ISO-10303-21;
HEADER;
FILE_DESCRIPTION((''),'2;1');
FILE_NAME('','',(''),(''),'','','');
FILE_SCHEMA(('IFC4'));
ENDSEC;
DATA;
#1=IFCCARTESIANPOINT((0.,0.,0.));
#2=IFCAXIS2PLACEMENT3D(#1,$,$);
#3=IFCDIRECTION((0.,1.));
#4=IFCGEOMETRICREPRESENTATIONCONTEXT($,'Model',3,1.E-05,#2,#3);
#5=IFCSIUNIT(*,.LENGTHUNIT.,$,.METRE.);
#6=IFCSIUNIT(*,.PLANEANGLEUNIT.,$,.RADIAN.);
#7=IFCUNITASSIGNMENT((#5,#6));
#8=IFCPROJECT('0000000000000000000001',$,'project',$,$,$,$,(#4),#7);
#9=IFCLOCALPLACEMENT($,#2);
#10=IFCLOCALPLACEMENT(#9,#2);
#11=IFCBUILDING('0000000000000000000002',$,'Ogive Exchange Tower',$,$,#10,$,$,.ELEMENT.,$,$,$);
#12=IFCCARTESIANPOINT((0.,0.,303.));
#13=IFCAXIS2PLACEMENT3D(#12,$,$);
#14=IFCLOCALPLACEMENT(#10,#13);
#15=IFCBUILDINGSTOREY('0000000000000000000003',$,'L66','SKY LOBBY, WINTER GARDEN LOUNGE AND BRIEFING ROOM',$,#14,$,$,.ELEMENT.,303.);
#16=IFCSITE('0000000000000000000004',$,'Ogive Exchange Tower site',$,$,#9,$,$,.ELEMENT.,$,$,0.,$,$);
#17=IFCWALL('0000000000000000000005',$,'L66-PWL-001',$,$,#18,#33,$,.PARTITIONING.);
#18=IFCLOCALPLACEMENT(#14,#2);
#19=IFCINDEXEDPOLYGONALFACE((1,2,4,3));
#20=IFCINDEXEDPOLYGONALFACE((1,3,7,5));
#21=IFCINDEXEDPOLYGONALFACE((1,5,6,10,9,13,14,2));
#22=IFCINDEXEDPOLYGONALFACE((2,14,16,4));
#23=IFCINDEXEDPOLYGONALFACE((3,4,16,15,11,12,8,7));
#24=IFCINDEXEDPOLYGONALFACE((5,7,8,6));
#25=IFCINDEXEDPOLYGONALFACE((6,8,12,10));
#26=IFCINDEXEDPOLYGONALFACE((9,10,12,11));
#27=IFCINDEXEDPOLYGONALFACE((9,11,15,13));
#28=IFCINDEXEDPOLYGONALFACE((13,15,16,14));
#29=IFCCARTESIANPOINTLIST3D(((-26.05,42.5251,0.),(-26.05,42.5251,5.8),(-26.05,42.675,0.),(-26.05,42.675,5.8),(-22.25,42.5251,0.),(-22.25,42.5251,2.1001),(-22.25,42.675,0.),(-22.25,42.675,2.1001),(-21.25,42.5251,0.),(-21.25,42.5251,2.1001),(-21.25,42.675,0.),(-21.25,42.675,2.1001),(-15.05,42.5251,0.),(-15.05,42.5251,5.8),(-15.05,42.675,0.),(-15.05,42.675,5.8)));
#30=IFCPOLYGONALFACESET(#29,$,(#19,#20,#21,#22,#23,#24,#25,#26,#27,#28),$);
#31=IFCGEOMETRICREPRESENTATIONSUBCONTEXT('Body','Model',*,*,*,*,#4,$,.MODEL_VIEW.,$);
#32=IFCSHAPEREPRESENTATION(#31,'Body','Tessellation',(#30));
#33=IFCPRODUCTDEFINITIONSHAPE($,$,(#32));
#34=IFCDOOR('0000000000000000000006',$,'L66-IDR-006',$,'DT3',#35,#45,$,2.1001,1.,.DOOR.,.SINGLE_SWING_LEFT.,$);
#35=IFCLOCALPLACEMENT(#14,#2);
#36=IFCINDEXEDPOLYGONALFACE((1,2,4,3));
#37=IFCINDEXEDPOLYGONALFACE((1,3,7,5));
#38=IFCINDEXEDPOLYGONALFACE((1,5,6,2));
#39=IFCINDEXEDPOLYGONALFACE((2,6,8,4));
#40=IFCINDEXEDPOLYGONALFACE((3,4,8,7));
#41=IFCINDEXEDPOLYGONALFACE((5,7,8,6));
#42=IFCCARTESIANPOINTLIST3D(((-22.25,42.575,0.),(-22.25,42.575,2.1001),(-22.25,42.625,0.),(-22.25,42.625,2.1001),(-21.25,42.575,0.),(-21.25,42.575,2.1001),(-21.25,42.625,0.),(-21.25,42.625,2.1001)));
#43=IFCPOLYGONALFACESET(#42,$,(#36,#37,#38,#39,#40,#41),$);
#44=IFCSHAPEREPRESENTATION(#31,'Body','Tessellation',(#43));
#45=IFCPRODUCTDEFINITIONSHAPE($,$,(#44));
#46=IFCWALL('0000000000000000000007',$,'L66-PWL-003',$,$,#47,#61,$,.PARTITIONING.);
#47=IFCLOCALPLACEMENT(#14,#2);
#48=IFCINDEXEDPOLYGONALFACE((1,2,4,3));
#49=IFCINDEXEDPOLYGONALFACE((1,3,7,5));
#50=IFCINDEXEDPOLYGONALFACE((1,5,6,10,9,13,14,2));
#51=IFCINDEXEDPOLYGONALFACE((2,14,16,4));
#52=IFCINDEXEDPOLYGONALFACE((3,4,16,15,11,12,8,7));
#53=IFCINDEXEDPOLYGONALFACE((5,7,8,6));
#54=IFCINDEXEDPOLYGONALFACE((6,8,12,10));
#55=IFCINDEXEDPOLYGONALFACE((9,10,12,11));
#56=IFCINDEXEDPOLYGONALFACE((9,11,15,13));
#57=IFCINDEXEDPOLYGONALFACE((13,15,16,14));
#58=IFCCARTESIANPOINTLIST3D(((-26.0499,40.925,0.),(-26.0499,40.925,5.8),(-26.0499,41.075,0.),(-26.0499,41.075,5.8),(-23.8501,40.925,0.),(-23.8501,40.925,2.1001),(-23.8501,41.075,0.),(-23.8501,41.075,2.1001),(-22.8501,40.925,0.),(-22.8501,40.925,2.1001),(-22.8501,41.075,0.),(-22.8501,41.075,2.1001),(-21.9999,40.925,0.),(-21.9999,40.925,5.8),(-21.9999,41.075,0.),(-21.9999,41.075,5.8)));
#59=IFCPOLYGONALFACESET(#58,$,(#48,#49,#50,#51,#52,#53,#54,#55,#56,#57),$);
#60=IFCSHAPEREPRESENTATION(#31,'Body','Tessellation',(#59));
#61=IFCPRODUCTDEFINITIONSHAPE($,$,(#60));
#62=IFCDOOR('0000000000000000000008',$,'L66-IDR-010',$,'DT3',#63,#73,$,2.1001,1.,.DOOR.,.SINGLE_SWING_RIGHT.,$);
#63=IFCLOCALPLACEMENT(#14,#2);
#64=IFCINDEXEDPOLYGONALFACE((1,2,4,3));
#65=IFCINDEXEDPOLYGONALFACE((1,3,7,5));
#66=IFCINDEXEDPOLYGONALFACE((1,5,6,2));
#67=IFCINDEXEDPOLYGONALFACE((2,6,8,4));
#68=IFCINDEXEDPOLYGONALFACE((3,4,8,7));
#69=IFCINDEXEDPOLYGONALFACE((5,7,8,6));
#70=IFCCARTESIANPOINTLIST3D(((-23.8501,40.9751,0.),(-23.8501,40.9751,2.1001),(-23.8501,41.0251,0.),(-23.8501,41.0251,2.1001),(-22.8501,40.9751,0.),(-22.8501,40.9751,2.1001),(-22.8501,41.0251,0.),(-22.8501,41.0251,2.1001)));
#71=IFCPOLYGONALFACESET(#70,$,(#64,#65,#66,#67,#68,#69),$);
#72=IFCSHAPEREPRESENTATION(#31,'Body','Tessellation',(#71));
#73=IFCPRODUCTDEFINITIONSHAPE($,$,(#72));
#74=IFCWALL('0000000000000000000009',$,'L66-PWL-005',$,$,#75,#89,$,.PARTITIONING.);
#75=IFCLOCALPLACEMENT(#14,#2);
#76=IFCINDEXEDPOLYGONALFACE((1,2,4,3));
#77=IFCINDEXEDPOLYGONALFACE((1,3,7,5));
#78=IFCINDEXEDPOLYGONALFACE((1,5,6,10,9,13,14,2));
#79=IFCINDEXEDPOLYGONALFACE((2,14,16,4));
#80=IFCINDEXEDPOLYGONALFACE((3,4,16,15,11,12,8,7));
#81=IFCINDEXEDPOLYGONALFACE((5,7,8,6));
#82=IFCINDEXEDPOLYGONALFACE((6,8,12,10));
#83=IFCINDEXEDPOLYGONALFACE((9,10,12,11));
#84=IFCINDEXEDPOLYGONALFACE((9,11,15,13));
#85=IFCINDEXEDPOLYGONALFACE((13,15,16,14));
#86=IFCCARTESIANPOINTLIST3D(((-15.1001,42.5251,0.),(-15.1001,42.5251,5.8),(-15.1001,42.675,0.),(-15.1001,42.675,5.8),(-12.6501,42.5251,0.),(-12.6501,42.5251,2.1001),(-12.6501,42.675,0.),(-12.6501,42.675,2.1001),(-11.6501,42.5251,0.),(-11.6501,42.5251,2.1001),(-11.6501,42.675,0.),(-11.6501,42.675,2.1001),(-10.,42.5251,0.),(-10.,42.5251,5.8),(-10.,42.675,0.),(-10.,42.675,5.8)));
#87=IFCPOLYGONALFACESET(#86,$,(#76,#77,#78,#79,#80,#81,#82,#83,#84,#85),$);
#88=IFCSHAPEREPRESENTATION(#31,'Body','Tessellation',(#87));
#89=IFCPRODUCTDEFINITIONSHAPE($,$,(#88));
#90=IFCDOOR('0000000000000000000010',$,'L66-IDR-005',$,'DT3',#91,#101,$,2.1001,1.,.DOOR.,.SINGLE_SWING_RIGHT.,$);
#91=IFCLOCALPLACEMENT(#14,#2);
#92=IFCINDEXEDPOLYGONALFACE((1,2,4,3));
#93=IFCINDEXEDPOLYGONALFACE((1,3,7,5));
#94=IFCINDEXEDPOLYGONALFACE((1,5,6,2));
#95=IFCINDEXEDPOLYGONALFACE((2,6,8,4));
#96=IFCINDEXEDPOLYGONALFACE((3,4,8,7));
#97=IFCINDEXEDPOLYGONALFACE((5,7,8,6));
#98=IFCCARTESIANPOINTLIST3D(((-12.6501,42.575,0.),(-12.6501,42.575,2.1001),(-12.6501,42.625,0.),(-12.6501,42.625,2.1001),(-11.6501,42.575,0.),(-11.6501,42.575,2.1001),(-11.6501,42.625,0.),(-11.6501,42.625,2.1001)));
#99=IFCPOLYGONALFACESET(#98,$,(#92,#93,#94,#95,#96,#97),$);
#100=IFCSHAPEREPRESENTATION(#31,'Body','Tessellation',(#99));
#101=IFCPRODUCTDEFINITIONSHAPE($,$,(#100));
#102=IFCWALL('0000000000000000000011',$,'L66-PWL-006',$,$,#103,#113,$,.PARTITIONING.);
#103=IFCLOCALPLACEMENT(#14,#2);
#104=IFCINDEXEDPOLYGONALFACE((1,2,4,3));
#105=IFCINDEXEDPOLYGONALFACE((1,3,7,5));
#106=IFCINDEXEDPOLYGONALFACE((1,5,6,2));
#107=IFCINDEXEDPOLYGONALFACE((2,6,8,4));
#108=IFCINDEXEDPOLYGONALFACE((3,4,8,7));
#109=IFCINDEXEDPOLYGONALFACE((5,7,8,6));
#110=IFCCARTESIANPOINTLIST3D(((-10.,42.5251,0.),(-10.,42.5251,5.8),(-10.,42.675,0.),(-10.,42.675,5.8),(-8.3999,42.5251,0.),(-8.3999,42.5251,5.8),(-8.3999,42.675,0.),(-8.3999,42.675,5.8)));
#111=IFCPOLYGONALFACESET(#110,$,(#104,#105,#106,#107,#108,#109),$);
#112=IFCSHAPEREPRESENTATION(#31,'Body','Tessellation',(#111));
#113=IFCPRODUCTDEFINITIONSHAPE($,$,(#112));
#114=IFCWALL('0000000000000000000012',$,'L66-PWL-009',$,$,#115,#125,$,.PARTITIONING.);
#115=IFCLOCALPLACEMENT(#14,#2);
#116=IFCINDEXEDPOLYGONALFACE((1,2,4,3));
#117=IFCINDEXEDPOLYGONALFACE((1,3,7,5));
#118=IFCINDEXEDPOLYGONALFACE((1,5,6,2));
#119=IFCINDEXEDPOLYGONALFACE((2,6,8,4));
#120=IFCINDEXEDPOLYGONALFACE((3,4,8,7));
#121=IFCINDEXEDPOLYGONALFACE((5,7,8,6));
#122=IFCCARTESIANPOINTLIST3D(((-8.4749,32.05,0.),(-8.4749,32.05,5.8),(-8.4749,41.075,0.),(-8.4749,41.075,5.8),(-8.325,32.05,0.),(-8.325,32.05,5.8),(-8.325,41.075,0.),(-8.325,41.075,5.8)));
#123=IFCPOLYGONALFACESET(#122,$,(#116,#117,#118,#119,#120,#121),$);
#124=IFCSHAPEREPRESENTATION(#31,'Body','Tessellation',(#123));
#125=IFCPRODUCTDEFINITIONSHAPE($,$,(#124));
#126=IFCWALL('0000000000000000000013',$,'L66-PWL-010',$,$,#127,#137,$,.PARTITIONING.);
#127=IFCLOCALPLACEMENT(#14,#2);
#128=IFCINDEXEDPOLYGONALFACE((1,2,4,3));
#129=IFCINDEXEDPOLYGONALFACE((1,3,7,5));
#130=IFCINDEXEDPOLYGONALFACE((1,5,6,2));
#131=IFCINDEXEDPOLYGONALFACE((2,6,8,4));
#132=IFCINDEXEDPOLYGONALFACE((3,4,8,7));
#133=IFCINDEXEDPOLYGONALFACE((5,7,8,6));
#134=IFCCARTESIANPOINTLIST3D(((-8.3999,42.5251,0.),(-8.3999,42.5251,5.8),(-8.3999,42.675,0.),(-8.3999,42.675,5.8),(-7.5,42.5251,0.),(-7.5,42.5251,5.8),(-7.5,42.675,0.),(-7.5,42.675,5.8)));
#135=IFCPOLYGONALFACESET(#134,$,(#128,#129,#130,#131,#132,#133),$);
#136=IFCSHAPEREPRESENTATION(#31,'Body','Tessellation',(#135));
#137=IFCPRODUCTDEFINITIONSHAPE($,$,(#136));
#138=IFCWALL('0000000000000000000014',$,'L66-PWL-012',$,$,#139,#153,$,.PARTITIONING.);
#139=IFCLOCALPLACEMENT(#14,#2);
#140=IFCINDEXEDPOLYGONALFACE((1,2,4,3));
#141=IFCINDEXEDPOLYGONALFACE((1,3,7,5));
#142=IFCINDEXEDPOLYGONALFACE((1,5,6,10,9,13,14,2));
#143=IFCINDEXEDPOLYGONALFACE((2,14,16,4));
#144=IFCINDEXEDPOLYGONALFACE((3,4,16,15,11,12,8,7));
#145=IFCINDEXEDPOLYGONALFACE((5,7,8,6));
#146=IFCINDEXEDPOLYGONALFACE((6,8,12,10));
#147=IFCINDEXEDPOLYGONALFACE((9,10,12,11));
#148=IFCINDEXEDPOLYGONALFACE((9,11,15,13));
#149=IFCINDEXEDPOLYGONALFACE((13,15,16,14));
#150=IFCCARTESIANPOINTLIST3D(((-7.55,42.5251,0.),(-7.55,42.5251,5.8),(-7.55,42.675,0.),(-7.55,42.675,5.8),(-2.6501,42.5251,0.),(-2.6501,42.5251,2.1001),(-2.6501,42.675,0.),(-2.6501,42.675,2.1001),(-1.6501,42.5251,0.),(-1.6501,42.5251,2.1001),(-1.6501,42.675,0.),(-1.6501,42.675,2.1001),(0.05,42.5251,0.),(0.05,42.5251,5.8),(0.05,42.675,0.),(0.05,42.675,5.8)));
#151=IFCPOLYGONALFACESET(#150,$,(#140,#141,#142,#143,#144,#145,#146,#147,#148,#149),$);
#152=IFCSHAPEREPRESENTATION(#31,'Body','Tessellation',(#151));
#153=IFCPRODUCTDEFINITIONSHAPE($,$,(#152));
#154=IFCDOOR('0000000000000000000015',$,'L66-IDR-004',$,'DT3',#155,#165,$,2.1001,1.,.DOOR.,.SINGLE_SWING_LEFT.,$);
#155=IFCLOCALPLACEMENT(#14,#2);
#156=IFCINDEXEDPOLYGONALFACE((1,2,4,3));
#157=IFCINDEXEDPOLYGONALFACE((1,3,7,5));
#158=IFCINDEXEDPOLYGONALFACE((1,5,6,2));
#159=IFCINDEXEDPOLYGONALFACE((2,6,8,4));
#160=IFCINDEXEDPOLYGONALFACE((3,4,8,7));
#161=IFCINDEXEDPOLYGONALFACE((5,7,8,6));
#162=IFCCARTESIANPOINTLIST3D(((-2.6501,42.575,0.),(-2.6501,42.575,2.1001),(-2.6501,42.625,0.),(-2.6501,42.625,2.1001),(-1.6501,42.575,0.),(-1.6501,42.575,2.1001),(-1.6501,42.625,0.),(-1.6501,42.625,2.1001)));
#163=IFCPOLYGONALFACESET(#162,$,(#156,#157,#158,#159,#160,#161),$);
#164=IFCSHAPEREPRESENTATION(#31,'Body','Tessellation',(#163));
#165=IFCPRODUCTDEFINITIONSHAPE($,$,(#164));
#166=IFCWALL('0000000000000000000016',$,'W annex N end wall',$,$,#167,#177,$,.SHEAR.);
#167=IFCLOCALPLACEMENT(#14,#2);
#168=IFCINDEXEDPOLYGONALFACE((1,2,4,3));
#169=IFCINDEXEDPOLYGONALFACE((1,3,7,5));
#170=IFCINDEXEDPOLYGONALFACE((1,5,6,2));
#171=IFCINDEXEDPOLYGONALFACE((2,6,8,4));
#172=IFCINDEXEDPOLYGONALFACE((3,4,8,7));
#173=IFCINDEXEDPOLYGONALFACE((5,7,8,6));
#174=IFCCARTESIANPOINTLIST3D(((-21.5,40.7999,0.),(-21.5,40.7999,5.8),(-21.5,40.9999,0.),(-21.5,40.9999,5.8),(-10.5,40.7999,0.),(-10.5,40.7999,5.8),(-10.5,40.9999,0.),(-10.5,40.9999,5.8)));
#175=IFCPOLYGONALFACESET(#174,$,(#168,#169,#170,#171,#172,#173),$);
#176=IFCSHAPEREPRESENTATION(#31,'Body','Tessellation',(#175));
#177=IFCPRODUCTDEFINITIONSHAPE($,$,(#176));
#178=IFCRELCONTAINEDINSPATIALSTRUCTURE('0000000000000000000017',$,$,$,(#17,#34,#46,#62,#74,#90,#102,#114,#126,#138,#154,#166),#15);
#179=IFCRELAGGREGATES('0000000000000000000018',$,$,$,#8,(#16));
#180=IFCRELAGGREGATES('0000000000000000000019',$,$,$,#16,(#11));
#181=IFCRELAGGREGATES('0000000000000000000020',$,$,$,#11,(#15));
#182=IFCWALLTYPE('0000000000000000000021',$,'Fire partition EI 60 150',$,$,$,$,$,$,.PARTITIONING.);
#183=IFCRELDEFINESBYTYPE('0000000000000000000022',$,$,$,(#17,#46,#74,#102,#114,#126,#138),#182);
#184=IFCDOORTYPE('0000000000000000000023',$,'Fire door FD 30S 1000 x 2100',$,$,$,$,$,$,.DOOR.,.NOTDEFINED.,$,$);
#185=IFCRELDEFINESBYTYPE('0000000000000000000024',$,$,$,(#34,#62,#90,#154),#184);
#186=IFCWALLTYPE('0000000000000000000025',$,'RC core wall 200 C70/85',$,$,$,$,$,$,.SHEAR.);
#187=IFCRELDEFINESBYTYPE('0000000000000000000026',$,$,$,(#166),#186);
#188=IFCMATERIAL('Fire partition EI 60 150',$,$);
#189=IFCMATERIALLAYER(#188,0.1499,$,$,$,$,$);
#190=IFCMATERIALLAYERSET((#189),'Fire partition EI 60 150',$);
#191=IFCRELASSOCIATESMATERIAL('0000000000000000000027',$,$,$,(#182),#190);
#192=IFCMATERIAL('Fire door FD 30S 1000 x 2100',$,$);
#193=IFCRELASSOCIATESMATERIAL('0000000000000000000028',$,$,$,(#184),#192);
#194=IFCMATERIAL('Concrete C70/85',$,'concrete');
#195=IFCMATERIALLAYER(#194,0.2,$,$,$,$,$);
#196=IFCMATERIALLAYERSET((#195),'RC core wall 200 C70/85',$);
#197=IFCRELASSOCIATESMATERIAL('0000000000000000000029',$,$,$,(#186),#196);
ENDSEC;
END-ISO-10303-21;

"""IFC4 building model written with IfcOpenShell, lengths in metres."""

from ifc_helpers import new_model, si_unit, direction, frame, frame_2d, origin, place, context, subcontext, project, spatial, rectangle, extrude, material, layer, layer_set, type_object, element, fill, save


model = new_model("IFC4")

# Units and contexts
model_context = context("Model", 3, precision=1e-05, world=origin(), true_north=direction((0.0, 1.0)))
body_context = subcontext(model_context, "Body", "Model", "MODEL_VIEW")
ifc_project = project(units=[si_unit("LENGTHUNIT", "METRE"), si_unit("PLANEANGLEUNIT", "RADIAN")], contexts=[model_context])

# Site, building, storey
site_placement = place(None, origin())
site = spatial("IfcSite", under=ifc_project, at=site_placement, Name="Ogive Exchange Tower site", CompositionType="ELEMENT", RefElevation=0.0)
building_placement = place(site_placement, origin())
building = spatial("IfcBuilding", under=site, at=building_placement, Name="Ogive Exchange Tower", CompositionType="ELEMENT")
storey_placement = place(building_placement, frame((0.0, 0.0, 303.0)))
storey = spatial("IfcBuildingStorey", under=building, at=storey_placement, Name="L66", Description="SKY LOBBY, WINTER GARDEN LOUNGE AND BRIEFING ROOM", CompositionType="ELEMENT", Elevation=303.0)

# Walls, openings, doors
ifc_material_1 = material(Name="Fire partition EI 60 150")
ifc_layer_1 = layer(ifc_material_1, 0.1499)
ifc_layer_set_1 = layer_set([ifc_layer_1], Name="Fire partition EI 60 150")
wall_type_1 = type_object("IfcWallType", Name="Fire partition EI 60 150", PredefinedType="PARTITIONING", material=ifc_layer_set_1)
wall_1_placement = place(storey_placement, frame((-26.05, 42.6001, 0.0), z_axis=(0.0, 0.0, 1.0), x_axis=(1.0, 0.0, 0.0)))
wall_1 = element("IfcWall", 1, at=wall_1_placement, inside=storey, type_object=wall_type_1, Name="L66-PWL-001", PredefinedType="PARTITIONING", context=body_context, shape_type="SweptSolid", body=[
    extrude(rectangle(XDim=11.0, YDim=0.1499, at=frame_2d((5.5, 0.0))), origin(), (0.0, 0.0, 1.0), 5.8),
])
opening_1_placement = place(wall_1_placement, frame((3.8, 0.0, 0.0)))
opening_1 = element("IfcOpeningElement", 2, at=opening_1_placement, cuts=wall_1, PredefinedType="OPENING", context=body_context, shape_type="SweptSolid", body=[
    extrude(rectangle(XDim=1.0, YDim=2.1001, at=frame_2d((0.5, 1.05))), frame((0.0, 0.085, 0.0), z_axis=(0.0, -1.0, 0.0), x_axis=(1.0, 0.0, 0.0)), (0.0, 0.0, 1.0), 0.1699),
])
ifc_material_2 = material(Name="Fire door FD 30S 1000 x 2100")
door_type = type_object("IfcDoorType", Name="Fire door FD 30S 1000 x 2100", OperationType="NOTDEFINED", PredefinedType="DOOR", material=ifc_material_2)
door_1_placement = place(opening_1_placement, origin())
door_1 = element("IfcDoor", 3, at=door_1_placement, inside=storey, type_object=door_type, Name="L66-IDR-006", ObjectType="DT3", OperationType="SINGLE_SWING_LEFT", OverallHeight=2.1001, OverallWidth=1.0, PredefinedType="DOOR", context=body_context, shape_type="SweptSolid", body=[
    extrude(rectangle(XDim=1.0, YDim=2.1001, at=frame_2d((0.5, 1.05))), frame((0.0, 0.0249, 0.0), z_axis=(0.0, -1.0, 0.0), x_axis=(1.0, 0.0, 0.0)), (0.0, 0.0, 1.0), 0.05),
])
fill(opening_1, door_1)
wall_2_placement = place(storey_placement, frame((-22.0, 41.0, 0.0), z_axis=(0.0, 0.0, 1.0), x_axis=(-1.0, 0.0, 0.0)))
wall_2 = element("IfcWall", 4, at=wall_2_placement, inside=storey, type_object=wall_type_1, Name="L66-PWL-003", PredefinedType="PARTITIONING", context=body_context, shape_type="SweptSolid", body=[
    extrude(rectangle(XDim=4.05, YDim=0.1499, at=frame_2d((2.0249, 0.0))), origin(), (0.0, 0.0, 1.0), 5.8),
])
opening_2_placement = place(wall_2_placement, frame((0.8501, 0.0, 0.0)))
opening_2 = element("IfcOpeningElement", 5, at=opening_2_placement, cuts=wall_2, PredefinedType="OPENING", context=body_context, shape_type="SweptSolid", body=[
    extrude(rectangle(XDim=1.0, YDim=2.1001, at=frame_2d((0.5, 1.05))), frame((0.0, 0.085, 0.0), z_axis=(0.0, -1.0, 0.0), x_axis=(1.0, 0.0, 0.0)), (0.0, 0.0, 1.0), 0.1699),
])
door_2_placement = place(opening_2_placement, origin())
door_2 = element("IfcDoor", 6, at=door_2_placement, inside=storey, type_object=door_type, Name="L66-IDR-010", ObjectType="DT3", OperationType="SINGLE_SWING_RIGHT", OverallHeight=2.1001, OverallWidth=1.0, PredefinedType="DOOR", context=body_context, shape_type="SweptSolid", body=[
    extrude(rectangle(XDim=1.0, YDim=2.1001, at=frame_2d((0.5, 1.05))), frame((0.0, 0.0249, 0.0), z_axis=(0.0, -1.0, 0.0), x_axis=(1.0, 0.0, 0.0)), (0.0, 0.0, 1.0), 0.05),
])
fill(opening_2, door_2)
wall_3_placement = place(storey_placement, frame((-15.1001, 42.6001, 0.0), z_axis=(0.0, 0.0, 1.0), x_axis=(1.0, 0.0, 0.0)))
wall_3 = element("IfcWall", 7, at=wall_3_placement, inside=storey, type_object=wall_type_1, Name="L66-PWL-005", PredefinedType="PARTITIONING", context=body_context, shape_type="SweptSolid", body=[
    extrude(rectangle(XDim=5.1001, YDim=0.1499, at=frame_2d((2.55, 0.0))), origin(), (0.0, 0.0, 1.0), 5.8),
])
opening_3_placement = place(wall_3_placement, frame((2.45, 0.0, 0.0)))
opening_3 = element("IfcOpeningElement", 8, at=opening_3_placement, cuts=wall_3, PredefinedType="OPENING", context=body_context, shape_type="SweptSolid", body=[
    extrude(rectangle(XDim=1.0, YDim=2.1001, at=frame_2d((0.5, 1.05))), frame((0.0, 0.085, 0.0), z_axis=(0.0, -1.0, 0.0), x_axis=(1.0, 0.0, 0.0)), (0.0, 0.0, 1.0), 0.1699),
])
door_3_placement = place(opening_3_placement, origin())
door_3 = element("IfcDoor", 9, at=door_3_placement, inside=storey, type_object=door_type, Name="L66-IDR-005", ObjectType="DT3", OperationType="SINGLE_SWING_RIGHT", OverallHeight=2.1001, OverallWidth=1.0, PredefinedType="DOOR", context=body_context, shape_type="SweptSolid", body=[
    extrude(rectangle(XDim=1.0, YDim=2.1001, at=frame_2d((0.5, 1.05))), frame((0.0, 0.0249, 0.0), z_axis=(0.0, -1.0, 0.0), x_axis=(1.0, 0.0, 0.0)), (0.0, 0.0, 1.0), 0.05),
])
fill(opening_3, door_3)

# Walls
wall_4_placement = place(storey_placement, frame((-10.0, 42.6001, 0.0), z_axis=(0.0, 0.0, 1.0), x_axis=(1.0, 0.0, 0.0)))
element("IfcWall", 10, at=wall_4_placement, inside=storey, type_object=wall_type_1, Name="L66-PWL-006", PredefinedType="PARTITIONING", context=body_context, shape_type="SweptSolid", body=[
    extrude(rectangle(XDim=1.6001, YDim=0.1499, at=frame_2d((0.8, 0.0))), origin(), (0.0, 0.0, 1.0), 5.8),
])
wall_5_placement = place(storey_placement, frame((-8.3999, 41.075, 0.0), z_axis=(0.0, 0.0, 1.0), x_axis=(0.0, -1.0, 0.0)))
element("IfcWall", 11, at=wall_5_placement, inside=storey, type_object=wall_type_1, Name="L66-PWL-009", PredefinedType="PARTITIONING", context=body_context, shape_type="SweptSolid", body=[
    extrude(rectangle(XDim=9.0249, YDim=0.1499, at=frame_2d((4.5125, 0.0))), origin(), (0.0, 0.0, 1.0), 5.8),
])
wall_6_placement = place(storey_placement, frame((-8.3999, 42.6001, 0.0), z_axis=(0.0, 0.0, 1.0), x_axis=(1.0, 0.0, 0.0)))
element("IfcWall", 12, at=wall_6_placement, inside=storey, type_object=wall_type_1, Name="L66-PWL-010", PredefinedType="PARTITIONING", context=body_context, shape_type="SweptSolid", body=[
    extrude(rectangle(XDim=0.8999, YDim=0.1499, at=frame_2d((0.45, 0.0))), origin(), (0.0, 0.0, 1.0), 5.8),
])

# Wall, opening, door
wall_7_placement = place(storey_placement, frame((-7.55, 42.6001, 0.0), z_axis=(0.0, 0.0, 1.0), x_axis=(1.0, 0.0, 0.0)))
wall_7 = element("IfcWall", 13, at=wall_7_placement, inside=storey, type_object=wall_type_1, Name="L66-PWL-012", PredefinedType="PARTITIONING", context=body_context, shape_type="SweptSolid", body=[
    extrude(rectangle(XDim=7.6001, YDim=0.1499, at=frame_2d((3.8, 0.0))), origin(), (0.0, 0.0, 1.0), 5.8),
])
opening_4_placement = place(wall_7_placement, frame((4.8999, 0.0, 0.0)))
opening_4 = element("IfcOpeningElement", 14, at=opening_4_placement, cuts=wall_7, PredefinedType="OPENING", context=body_context, shape_type="SweptSolid", body=[
    extrude(rectangle(XDim=1.0, YDim=2.1001, at=frame_2d((0.5, 1.05))), frame((0.0, 0.085, 0.0), z_axis=(0.0, -1.0, 0.0), x_axis=(1.0, 0.0, 0.0)), (0.0, 0.0, 1.0), 0.1699),
])
door_4_placement = place(opening_4_placement, origin())
door_4 = element("IfcDoor", 15, at=door_4_placement, inside=storey, type_object=door_type, Name="L66-IDR-004", ObjectType="DT3", OperationType="SINGLE_SWING_LEFT", OverallHeight=2.1001, OverallWidth=1.0, PredefinedType="DOOR", context=body_context, shape_type="SweptSolid", body=[
    extrude(rectangle(XDim=1.0, YDim=2.1001, at=frame_2d((0.5, 1.05))), frame((0.0, 0.0249, 0.0), z_axis=(0.0, -1.0, 0.0), x_axis=(1.0, 0.0, 0.0)), (0.0, 0.0, 1.0), 0.05),
])
fill(opening_4, door_4)

# Wall
ifc_material_3 = material(Name="Concrete C70/85", Category="concrete")
ifc_layer_2 = layer(ifc_material_3, 0.2)
ifc_layer_set_2 = layer_set([ifc_layer_2], Name="RC core wall 200 C70/85")
wall_type_2 = type_object("IfcWallType", Name="RC core wall 200 C70/85", PredefinedType="SHEAR", material=ifc_layer_set_2)
wall_8_placement = place(storey_placement, frame((-21.5, 40.8999, 0.0), z_axis=(0.0, 0.0, 1.0), x_axis=(1.0, 0.0, 0.0)))
element("IfcWall", 16, at=wall_8_placement, inside=storey, type_object=wall_type_2, Name="W annex N end wall", PredefinedType="SHEAR", context=body_context, shape_type="SweptSolid", body=[
    extrude(rectangle(XDim=11.0, YDim=0.2, at=frame_2d((5.5, 0.0))), origin(), (0.0, 0.0, 1.0), 5.8),
])

save(model, "model.ifc")
